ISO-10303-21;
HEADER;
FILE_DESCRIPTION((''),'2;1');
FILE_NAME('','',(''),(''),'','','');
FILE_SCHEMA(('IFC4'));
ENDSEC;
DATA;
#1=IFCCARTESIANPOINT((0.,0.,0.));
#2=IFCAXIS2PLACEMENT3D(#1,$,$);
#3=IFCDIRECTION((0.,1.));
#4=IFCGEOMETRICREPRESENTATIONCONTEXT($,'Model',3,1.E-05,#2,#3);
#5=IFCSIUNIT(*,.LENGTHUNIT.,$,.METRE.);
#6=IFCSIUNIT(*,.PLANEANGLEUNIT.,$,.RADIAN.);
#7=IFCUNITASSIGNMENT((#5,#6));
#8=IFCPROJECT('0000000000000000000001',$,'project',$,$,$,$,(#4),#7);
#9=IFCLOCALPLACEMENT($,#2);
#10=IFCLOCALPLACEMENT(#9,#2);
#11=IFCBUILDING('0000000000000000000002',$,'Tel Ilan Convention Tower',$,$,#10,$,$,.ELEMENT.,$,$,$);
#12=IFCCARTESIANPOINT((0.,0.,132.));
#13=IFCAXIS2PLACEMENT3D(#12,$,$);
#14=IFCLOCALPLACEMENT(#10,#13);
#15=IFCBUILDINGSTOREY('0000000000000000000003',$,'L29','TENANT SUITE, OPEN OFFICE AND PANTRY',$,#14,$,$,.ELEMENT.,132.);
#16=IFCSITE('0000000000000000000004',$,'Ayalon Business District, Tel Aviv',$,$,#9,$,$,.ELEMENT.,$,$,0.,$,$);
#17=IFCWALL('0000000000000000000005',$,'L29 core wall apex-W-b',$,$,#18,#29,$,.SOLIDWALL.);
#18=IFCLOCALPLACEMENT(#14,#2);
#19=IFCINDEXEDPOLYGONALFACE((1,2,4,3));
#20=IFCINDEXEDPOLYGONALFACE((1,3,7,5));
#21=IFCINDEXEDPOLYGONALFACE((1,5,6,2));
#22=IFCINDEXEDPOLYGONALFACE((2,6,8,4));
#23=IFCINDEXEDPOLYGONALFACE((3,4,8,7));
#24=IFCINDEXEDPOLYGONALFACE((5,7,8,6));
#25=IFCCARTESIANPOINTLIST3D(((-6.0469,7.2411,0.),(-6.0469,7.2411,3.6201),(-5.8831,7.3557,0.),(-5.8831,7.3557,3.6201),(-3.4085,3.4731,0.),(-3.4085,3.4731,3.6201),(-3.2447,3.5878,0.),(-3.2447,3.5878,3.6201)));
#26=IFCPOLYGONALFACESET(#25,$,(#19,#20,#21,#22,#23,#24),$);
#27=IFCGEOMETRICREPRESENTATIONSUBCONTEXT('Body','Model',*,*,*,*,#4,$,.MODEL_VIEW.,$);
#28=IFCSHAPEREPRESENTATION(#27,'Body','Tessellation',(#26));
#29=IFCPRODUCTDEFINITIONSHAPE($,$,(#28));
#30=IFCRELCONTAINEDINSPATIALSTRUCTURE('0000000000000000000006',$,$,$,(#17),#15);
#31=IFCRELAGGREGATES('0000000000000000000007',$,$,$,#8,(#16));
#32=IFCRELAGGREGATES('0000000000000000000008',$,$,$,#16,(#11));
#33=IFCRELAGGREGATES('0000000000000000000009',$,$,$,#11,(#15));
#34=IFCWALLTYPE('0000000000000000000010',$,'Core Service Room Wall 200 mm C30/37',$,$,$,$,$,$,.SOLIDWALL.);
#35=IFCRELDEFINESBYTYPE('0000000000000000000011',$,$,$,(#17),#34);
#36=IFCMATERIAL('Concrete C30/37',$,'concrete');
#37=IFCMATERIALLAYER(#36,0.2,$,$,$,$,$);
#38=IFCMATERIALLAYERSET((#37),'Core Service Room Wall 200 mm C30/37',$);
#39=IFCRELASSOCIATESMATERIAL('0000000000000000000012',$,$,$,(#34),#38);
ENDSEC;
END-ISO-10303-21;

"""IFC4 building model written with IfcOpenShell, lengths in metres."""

from ifc_helpers import new_model, si_unit, direction, frame, frame_2d, origin, place, context, subcontext, project, spatial, rectangle, extrude, material, layer, layer_set, type_object, element, save


model = new_model("IFC4")

# Units and contexts
model_context = context("Model", 3, precision=1e-05, world=origin(), true_north=direction((0.0, 1.0)))
body_context = subcontext(model_context, "Body", "Model", "MODEL_VIEW")
ifc_project = project(units=[si_unit("LENGTHUNIT", "METRE"), si_unit("PLANEANGLEUNIT", "RADIAN")], contexts=[model_context])

# Site, building, storey
site_placement = place(None, origin())
site = spatial("IfcSite", under=ifc_project, at=site_placement, Name="Ayalon Business District, Tel Aviv", CompositionType="ELEMENT", RefElevation=0.0)
building_placement = place(site_placement, origin())
building = spatial("IfcBuilding", under=site, at=building_placement, Name="Tel Ilan Convention Tower", CompositionType="ELEMENT")
storey_placement = place(building_placement, frame((0.0, 0.0, 132.0)))
storey = spatial("IfcBuildingStorey", under=building, at=storey_placement, Name="L29", Description="TENANT SUITE, OPEN OFFICE AND PANTRY", CompositionType="ELEMENT", Elevation=132.0)

# Wall
ifc_material_1 = material(Name="Concrete C30/37", Category="concrete")
ifc_layer_1 = layer(ifc_material_1, 0.2)
ifc_layer_set_1 = layer_set([ifc_layer_1], Name="Core Service Room Wall 200 mm C30/37")
wall_type_1 = type_object("IfcWallType", Name="Core Service Room Wall 200 mm C30/37", PredefinedType="SOLIDWALL", material=ifc_layer_set_1)
wall_1_placement = place(storey_placement, frame((-3.3267, 3.5305, 0.0), z_axis=(0.0, 0.0, 1.0), x_axis=(-0.573576, 0.819152, 0.0)))
element("IfcWall", 1, at=wall_1_placement, inside=storey, type_object=wall_type_1, Name="L29 core wall apex-W-b", PredefinedType="SOLIDWALL", context=body_context, shape_type="SweptSolid", body=[
    extrude(rectangle(XDim=4.5999, YDim=0.2, at=frame_2d((2.2998, 0.0))), origin(), (0.0, 0.0, 1.0), 3.6201),
])

save(model, "model.ifc")
